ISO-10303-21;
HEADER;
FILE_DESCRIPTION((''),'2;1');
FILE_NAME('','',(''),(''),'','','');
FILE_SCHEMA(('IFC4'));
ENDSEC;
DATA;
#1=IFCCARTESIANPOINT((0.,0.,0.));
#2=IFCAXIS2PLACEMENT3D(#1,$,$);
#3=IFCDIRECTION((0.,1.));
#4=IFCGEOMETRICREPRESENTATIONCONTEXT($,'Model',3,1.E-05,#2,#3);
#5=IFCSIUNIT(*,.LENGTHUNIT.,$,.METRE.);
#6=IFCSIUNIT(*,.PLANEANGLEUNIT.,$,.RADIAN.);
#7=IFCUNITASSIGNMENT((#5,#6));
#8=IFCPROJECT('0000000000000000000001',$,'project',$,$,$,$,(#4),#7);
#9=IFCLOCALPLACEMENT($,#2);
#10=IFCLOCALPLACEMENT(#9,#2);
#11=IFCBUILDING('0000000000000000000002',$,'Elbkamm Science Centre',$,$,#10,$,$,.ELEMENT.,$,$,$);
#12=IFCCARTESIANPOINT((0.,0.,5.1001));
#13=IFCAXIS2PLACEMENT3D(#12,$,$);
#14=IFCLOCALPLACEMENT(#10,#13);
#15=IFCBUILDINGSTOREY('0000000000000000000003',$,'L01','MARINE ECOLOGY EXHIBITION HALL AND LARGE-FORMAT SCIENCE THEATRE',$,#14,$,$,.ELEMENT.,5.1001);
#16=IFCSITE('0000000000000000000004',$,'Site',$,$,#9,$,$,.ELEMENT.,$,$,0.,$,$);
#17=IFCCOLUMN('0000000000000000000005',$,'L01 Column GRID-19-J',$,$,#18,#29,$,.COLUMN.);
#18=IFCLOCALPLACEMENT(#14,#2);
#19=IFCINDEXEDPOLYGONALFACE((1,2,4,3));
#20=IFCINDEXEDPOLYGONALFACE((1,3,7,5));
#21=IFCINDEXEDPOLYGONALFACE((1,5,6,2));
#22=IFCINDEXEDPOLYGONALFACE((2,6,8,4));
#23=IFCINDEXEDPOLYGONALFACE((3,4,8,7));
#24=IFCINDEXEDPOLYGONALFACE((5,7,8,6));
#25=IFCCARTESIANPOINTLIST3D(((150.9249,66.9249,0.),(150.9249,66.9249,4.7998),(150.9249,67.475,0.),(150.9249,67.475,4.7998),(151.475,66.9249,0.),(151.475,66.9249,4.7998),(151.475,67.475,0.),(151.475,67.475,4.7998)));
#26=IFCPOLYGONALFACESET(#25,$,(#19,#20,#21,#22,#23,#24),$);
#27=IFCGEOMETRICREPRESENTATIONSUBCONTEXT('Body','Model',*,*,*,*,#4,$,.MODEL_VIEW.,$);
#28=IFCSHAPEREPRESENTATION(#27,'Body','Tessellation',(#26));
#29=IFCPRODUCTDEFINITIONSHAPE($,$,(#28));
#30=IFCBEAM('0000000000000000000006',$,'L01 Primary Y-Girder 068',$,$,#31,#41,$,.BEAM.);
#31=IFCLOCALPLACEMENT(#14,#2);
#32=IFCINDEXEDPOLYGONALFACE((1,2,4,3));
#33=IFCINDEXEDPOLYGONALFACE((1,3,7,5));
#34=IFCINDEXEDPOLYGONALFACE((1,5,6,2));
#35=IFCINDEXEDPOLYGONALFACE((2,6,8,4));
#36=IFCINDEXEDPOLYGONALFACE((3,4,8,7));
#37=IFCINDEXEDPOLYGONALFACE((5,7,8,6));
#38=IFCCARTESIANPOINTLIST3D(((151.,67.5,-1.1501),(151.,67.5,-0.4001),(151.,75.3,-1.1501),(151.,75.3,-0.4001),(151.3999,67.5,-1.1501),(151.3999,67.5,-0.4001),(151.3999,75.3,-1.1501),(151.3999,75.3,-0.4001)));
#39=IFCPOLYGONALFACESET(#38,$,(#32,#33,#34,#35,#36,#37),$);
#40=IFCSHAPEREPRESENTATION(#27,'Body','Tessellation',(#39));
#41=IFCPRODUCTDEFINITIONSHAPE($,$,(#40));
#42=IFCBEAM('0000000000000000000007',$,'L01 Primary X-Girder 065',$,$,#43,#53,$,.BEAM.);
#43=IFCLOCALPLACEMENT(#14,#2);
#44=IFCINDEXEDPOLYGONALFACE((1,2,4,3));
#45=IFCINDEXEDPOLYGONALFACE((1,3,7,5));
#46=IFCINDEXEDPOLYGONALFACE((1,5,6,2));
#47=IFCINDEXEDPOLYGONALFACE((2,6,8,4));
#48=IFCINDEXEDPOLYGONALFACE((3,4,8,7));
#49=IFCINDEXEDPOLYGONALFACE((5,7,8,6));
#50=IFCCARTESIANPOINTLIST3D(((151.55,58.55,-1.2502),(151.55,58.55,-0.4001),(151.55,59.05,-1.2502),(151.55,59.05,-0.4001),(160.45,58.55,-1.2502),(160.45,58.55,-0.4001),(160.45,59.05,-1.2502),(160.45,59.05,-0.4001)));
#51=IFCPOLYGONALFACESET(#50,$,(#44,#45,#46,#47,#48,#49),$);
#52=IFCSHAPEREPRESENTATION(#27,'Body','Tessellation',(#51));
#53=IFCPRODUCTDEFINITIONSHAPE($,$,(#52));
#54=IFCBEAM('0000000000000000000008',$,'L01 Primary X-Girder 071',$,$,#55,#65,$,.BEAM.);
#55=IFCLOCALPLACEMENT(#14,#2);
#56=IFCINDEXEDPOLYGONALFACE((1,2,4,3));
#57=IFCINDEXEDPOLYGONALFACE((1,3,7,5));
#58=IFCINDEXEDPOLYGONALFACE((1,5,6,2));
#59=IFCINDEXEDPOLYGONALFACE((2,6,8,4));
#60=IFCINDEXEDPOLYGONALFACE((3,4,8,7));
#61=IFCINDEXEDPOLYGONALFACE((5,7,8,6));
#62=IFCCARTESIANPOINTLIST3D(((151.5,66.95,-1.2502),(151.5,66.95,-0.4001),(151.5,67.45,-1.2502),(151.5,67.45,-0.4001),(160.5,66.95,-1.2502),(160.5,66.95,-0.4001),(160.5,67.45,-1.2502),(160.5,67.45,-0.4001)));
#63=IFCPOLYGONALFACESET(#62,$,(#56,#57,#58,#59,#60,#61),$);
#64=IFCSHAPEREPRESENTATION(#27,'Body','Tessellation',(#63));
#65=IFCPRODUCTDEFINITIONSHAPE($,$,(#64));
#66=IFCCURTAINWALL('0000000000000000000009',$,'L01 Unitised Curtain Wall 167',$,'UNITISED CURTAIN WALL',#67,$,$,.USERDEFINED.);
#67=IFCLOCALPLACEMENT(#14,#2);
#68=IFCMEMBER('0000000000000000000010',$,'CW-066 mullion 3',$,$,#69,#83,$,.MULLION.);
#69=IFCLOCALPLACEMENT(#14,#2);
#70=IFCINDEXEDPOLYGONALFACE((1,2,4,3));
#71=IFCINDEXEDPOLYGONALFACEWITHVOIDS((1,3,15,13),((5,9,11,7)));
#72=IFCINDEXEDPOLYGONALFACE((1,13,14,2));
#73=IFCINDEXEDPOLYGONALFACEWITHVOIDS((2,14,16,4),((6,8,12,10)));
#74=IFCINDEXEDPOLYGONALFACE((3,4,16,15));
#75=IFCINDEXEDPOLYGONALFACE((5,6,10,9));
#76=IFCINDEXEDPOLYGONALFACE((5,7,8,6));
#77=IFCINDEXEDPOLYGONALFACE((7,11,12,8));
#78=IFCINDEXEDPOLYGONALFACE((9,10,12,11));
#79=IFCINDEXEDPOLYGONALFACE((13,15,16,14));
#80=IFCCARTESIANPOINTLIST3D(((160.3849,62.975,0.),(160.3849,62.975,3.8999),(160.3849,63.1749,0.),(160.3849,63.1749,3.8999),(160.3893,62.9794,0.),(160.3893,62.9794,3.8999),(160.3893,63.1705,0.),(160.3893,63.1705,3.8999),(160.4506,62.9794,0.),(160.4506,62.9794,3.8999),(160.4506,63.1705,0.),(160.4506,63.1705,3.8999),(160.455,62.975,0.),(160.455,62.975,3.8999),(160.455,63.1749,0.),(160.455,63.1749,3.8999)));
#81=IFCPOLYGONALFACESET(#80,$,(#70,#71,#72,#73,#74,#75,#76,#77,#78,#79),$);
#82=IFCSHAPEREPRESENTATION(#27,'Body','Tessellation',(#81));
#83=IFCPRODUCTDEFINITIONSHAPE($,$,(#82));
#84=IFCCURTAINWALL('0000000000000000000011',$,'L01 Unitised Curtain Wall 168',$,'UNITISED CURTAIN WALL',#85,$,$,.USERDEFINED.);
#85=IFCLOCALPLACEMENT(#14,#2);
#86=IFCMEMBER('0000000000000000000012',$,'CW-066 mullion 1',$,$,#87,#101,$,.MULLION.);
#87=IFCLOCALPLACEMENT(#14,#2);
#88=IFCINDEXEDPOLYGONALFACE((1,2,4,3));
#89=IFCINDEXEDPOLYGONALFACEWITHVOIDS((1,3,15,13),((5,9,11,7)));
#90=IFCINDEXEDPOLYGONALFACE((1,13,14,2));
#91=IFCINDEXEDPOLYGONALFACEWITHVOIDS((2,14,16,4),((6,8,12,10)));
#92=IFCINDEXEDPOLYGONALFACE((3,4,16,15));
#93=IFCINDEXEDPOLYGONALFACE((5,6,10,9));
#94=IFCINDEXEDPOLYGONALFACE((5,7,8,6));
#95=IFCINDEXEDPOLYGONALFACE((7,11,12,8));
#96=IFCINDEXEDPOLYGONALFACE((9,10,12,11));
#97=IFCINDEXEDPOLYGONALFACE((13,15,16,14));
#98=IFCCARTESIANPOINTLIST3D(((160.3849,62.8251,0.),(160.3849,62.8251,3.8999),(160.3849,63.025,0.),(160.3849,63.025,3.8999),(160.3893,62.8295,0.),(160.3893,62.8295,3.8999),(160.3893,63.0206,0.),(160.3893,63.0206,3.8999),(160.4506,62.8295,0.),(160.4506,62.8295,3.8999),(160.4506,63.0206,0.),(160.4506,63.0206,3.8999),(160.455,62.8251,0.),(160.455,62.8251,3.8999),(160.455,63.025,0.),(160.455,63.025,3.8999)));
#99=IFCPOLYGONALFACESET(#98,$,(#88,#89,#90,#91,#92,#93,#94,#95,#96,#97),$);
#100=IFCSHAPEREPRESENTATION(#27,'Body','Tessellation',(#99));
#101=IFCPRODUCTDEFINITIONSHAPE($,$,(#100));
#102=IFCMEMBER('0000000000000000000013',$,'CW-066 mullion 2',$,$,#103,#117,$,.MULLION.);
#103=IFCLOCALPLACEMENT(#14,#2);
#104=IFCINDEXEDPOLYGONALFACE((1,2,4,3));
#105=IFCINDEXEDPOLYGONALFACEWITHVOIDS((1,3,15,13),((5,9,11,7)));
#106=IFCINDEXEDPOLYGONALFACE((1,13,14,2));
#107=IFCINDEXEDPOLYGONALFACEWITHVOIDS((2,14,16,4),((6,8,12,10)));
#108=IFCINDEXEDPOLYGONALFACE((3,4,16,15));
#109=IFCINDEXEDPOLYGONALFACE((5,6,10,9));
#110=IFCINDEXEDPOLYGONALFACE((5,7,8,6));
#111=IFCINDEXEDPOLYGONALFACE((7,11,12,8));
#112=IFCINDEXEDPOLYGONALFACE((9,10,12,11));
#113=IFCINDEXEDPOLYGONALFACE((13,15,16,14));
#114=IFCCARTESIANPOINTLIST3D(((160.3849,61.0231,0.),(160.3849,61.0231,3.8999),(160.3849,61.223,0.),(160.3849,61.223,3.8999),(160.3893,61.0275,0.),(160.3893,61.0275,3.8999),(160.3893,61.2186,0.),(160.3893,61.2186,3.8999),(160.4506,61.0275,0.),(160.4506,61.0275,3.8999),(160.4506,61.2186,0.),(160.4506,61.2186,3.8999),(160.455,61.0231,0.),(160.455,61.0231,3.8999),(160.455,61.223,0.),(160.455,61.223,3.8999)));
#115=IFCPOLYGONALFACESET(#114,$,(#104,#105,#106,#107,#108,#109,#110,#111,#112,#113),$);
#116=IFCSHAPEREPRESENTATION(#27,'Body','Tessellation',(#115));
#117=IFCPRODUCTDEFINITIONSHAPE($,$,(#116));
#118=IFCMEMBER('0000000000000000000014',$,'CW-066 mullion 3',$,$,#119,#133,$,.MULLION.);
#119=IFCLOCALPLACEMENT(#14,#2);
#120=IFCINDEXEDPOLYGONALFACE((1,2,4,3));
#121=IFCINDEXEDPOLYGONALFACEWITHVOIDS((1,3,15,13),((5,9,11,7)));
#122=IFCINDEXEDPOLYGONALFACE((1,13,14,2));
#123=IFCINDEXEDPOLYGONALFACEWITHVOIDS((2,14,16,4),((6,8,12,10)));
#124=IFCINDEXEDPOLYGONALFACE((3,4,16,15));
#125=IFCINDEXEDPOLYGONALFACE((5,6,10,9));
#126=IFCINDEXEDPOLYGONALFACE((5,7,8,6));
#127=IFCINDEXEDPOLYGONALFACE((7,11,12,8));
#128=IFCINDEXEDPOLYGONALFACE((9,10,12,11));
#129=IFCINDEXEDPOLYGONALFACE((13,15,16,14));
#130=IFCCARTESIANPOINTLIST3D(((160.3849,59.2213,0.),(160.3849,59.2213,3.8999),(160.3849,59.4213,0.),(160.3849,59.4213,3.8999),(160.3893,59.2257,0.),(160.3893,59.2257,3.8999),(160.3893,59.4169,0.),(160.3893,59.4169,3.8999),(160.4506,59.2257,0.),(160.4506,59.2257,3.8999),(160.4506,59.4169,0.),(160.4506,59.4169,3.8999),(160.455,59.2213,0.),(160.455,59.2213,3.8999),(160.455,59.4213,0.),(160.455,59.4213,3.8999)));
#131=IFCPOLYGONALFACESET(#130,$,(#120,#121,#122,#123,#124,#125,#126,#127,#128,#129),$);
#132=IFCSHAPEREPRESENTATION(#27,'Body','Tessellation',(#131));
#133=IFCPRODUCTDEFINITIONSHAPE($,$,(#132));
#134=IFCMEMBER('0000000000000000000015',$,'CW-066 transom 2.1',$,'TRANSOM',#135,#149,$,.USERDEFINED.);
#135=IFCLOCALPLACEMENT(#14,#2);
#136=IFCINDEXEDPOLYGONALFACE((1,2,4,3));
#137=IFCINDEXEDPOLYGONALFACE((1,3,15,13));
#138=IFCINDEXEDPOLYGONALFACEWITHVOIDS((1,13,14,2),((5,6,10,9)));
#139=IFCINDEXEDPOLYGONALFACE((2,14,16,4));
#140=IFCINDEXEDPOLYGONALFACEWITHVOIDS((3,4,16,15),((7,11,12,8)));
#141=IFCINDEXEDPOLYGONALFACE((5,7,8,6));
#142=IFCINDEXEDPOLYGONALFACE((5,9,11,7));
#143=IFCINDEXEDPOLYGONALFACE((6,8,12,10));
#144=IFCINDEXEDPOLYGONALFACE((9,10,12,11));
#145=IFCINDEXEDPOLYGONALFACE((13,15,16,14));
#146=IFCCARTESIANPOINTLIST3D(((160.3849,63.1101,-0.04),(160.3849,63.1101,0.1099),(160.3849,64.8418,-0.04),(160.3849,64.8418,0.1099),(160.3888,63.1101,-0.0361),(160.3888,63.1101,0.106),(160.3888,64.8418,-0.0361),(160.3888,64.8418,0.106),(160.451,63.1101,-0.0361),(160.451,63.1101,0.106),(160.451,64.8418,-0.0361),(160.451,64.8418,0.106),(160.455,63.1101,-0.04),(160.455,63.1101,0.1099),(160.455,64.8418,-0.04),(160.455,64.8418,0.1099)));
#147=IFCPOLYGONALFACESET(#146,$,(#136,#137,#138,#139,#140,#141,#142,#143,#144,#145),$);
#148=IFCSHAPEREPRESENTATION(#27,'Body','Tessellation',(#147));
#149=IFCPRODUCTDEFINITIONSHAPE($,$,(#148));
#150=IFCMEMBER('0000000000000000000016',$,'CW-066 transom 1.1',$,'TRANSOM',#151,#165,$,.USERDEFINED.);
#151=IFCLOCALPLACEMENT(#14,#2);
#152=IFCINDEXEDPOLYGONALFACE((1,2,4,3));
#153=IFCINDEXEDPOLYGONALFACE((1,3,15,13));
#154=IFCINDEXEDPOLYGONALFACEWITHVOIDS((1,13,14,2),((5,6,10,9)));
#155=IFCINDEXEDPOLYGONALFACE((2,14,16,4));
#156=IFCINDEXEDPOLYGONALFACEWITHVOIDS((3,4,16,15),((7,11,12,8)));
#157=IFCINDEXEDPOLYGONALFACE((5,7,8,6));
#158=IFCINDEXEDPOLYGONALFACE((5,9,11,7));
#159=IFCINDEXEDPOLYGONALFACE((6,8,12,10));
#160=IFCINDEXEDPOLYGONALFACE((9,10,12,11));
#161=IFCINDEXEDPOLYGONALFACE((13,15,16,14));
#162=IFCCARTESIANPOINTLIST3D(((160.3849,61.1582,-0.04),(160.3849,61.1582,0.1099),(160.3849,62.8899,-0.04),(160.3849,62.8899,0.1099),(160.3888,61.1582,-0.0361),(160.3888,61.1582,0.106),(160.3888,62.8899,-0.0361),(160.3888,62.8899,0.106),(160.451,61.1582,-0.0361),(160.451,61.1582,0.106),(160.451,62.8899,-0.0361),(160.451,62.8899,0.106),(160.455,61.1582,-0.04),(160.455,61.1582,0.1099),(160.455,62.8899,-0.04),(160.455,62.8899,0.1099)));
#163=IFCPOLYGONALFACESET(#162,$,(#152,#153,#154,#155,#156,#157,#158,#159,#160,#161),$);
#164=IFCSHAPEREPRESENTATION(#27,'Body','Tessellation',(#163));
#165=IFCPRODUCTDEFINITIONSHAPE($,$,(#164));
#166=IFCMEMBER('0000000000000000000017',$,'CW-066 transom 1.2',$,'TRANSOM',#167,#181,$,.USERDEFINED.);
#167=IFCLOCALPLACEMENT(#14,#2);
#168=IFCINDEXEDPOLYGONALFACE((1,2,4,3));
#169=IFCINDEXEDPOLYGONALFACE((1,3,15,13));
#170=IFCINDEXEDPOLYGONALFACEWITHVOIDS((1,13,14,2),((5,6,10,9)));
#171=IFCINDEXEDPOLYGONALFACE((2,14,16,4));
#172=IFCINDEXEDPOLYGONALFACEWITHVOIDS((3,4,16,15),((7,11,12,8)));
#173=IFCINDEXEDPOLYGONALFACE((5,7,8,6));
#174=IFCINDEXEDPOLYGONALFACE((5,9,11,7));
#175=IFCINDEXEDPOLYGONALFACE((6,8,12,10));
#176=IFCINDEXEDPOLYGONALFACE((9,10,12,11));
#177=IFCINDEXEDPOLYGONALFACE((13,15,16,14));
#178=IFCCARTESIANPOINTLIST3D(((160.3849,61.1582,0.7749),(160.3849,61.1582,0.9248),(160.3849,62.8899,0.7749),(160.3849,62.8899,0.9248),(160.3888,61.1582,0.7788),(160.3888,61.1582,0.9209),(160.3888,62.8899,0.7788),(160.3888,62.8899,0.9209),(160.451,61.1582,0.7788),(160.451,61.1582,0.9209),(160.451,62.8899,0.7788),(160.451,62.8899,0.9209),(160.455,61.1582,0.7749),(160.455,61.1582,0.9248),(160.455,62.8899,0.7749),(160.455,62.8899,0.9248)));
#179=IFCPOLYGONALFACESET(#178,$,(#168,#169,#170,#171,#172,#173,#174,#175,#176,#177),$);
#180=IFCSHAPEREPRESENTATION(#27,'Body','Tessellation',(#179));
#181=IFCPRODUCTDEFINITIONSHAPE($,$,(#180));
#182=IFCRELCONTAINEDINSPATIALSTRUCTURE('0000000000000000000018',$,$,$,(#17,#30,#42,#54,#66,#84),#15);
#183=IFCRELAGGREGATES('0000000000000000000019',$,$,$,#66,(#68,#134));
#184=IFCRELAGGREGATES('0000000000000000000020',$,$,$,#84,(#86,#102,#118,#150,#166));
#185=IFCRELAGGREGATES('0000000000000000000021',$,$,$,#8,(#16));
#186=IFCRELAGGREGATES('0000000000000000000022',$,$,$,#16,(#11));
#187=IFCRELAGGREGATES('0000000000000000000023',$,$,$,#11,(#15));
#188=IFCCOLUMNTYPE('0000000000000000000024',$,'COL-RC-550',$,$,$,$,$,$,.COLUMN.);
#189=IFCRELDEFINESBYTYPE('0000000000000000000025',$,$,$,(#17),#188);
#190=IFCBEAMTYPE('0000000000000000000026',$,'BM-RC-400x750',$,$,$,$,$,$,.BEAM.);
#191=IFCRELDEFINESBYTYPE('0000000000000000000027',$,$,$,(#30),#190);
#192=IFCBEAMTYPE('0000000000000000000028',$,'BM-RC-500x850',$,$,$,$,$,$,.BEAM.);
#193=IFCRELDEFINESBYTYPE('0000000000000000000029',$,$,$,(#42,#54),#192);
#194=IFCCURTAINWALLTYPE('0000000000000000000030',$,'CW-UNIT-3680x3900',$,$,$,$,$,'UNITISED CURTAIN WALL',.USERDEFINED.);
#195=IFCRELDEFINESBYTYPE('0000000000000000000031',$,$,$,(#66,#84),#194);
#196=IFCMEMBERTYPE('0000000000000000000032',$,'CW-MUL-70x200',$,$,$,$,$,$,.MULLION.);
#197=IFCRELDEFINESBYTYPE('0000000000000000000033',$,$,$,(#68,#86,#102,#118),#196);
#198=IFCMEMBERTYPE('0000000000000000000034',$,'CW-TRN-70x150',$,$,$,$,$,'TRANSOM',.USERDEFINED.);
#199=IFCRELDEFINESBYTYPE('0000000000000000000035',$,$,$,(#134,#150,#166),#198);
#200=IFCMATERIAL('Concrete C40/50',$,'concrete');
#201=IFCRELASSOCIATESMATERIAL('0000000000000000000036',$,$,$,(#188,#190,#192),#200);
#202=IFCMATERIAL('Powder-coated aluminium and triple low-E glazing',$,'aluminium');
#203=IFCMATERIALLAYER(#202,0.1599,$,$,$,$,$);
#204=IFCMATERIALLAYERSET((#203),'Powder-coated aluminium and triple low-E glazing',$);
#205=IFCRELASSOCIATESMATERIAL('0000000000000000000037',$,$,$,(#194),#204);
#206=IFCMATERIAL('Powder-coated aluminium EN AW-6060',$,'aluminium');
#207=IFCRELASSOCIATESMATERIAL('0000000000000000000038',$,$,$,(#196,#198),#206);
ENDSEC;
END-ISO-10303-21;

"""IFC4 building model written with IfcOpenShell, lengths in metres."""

from ifc_helpers import new_model, si_unit, direction, frame, origin, origin_2d, place, context, subcontext, project, spatial, rectangle, hollow_rectangle, extrude, material, layer, layer_set, material_profile, profile_set, type_object, element, aggregate, save


model = new_model("IFC4")

# Units and contexts
model_context = context("Model", 3, precision=1e-05, world=origin(), true_north=direction((0.0, 1.0)))
body_context = subcontext(model_context, "Body", "Model", "MODEL_VIEW")
ifc_project = project(units=[si_unit("LENGTHUNIT", "METRE"), si_unit("PLANEANGLEUNIT", "RADIAN")], contexts=[model_context])

# Site, building, storey
site_placement = place(None, origin())
site = spatial("IfcSite", under=ifc_project, at=site_placement, Name="Site", CompositionType="ELEMENT", RefElevation=0.0)
building_placement = place(site_placement, origin())
building = spatial("IfcBuilding", under=site, at=building_placement, Name="Elbkamm Science Centre", CompositionType="ELEMENT")
storey_placement = place(building_placement, frame((0.0, 0.0, 5.1001)))
storey = spatial("IfcBuildingStorey", under=building, at=storey_placement, Name="L01", Description="MARINE ECOLOGY EXHIBITION HALL AND LARGE-FORMAT SCIENCE THEATRE", CompositionType="ELEMENT", Elevation=5.1001)

# Column
ifc_material_1 = material(Name="Concrete C40/50", Category="concrete")
ifc_material_profile_1 = material_profile(ifc_material_1, rectangle(XDim=0.55, YDim=0.55, at=origin_2d()), Name="RC 550x550")
ifc_profile_set_1 = profile_set([ifc_material_profile_1], Name="Concrete C40/50")
column_type = type_object("IfcColumnType", Name="COL-RC-550", PredefinedType="COLUMN", material=ifc_profile_set_1)
column_placement = place(storey_placement, frame((151.2, 67.2, 0.0), z_axis=(0.0, 0.0, 1.0), x_axis=(1.0, 0.0, 0.0)))
element("IfcColumn", 1, at=column_placement, inside=storey, type_object=column_type, Name="L01 Column GRID-19-J", PredefinedType="COLUMN", context=body_context, shape_type="SweptSolid", body=[
    extrude(rectangle(XDim=0.55, YDim=0.55, at=origin_2d()), origin(), (0.0, 0.0, 1.0), 4.7998),
])

# Beams
ifc_material_profile_2 = material_profile(ifc_material_1, rectangle(XDim=0.3999, YDim=0.75, at=origin_2d()), Name="RC 400x750")
ifc_profile_set_2 = profile_set([ifc_material_profile_2], Name="Concrete C40/50")
beam_type_1 = type_object("IfcBeamType", Name="BM-RC-400x750", PredefinedType="BEAM", material=ifc_profile_set_2)
beam_1_placement = place(storey_placement, frame((151.2, 67.5, -0.7751), z_axis=(0.0, 1.0, 0.0), x_axis=(-1.0, 0.0, 0.0)))
element("IfcBeam", 2, at=beam_1_placement, inside=storey, type_object=beam_type_1, Name="L01 Primary Y-Girder 068", PredefinedType="BEAM", context=body_context, shape_type="SweptSolid", body=[
    extrude(rectangle(XDim=0.3999, YDim=0.75, at=origin_2d()), origin(), (0.0, 0.0, 1.0), 7.8),
])
ifc_material_profile_3 = material_profile(ifc_material_1, rectangle(XDim=0.5, YDim=0.8501, at=origin_2d()), Name="RC 500x850")
ifc_profile_set_3 = profile_set([ifc_material_profile_3], Name="Concrete C40/50")
beam_type_2 = type_object("IfcBeamType", Name="BM-RC-500x850", PredefinedType="BEAM", material=ifc_profile_set_3)
beam_2_placement = place(storey_placement, frame((151.55, 58.8, -0.8252), z_axis=(1.0, 0.0, 0.0), x_axis=(0.0, 1.0, 0.0)))
element("IfcBeam", 3, at=beam_2_placement, inside=storey, type_object=beam_type_2, Name="L01 Primary X-Girder 065", PredefinedType="BEAM", context=body_context, shape_type="SweptSolid", body=[
    extrude(rectangle(XDim=0.5, YDim=0.8501, at=origin_2d()), origin(), (0.0, 0.0, 1.0), 8.8999),
])
beam_3_placement = place(storey_placement, frame((151.5, 67.2, -0.8252), z_axis=(1.0, 0.0, 0.0), x_axis=(0.0, 1.0, 0.0)))
element("IfcBeam", 4, at=beam_3_placement, inside=storey, type_object=beam_type_2, Name="L01 Primary X-Girder 071", PredefinedType="BEAM", context=body_context, shape_type="SweptSolid", body=[
    extrude(rectangle(XDim=0.5, YDim=0.8501, at=origin_2d()), origin(), (0.0, 0.0, 1.0), 9.0),
])

# Curtain wall, member
ifc_material_2 = material(Name="Powder-coated aluminium and triple low-E glazing", Category="aluminium")
ifc_layer_1 = layer(ifc_material_2, 0.1599)
ifc_layer_set_1 = layer_set([ifc_layer_1], Name="Powder-coated aluminium and triple low-E glazing")
curtain_wall_type = type_object("IfcCurtainWallType", Name="CW-UNIT-3680x3900", ElementType="UNITISED CURTAIN WALL", PredefinedType="USERDEFINED", material=ifc_layer_set_1)
curtain_wall_1_placement = place(storey_placement, origin())
curtain_wall_1 = element("IfcCurtainWall", 5, at=curtain_wall_1_placement, inside=storey, type_object=curtain_wall_type, Name="L01 Unitised Curtain Wall 167", ObjectType="UNITISED CURTAIN WALL", PredefinedType="USERDEFINED")
ifc_material_3 = material(Name="Powder-coated aluminium EN AW-6060", Category="aluminium")
ifc_material_profile_4 = material_profile(ifc_material_3, hollow_rectangle(XDim=0.0701, YDim=0.2, WallThickness=0.0044, at=origin_2d()), Name="ALU M70x200")
ifc_profile_set_4 = profile_set([ifc_material_profile_4], Name="Powder-coated aluminium EN AW-6060")
member_type_1 = type_object("IfcMemberType", Name="CW-MUL-70x200", PredefinedType="MULLION", material=ifc_profile_set_4)
member_1_placement = place(storey_placement, frame((160.4199, 63.075, 0.0), z_axis=(0.0, 0.0, 1.0), x_axis=(1.0, 0.0, 0.0)))
member_1 = element("IfcMember", 6, at=member_1_placement, type_object=member_type_1, Name="CW-066 mullion 3", PredefinedType="MULLION", context=body_context, shape_type="SweptSolid", body=[
    extrude(hollow_rectangle(XDim=0.0701, YDim=0.2, WallThickness=0.0044, at=origin_2d()), origin(), (0.0, 0.0, 1.0), 3.8999),
])

# Curtain wall, members
curtain_wall_2_placement = place(storey_placement, origin())
curtain_wall_2 = element("IfcCurtainWall", 7, at=curtain_wall_2_placement, inside=storey, type_object=curtain_wall_type, Name="L01 Unitised Curtain Wall 168", ObjectType="UNITISED CURTAIN WALL", PredefinedType="USERDEFINED")
member_2_placement = place(storey_placement, frame((160.4199, 62.925, 0.0), z_axis=(0.0, 0.0, 1.0), x_axis=(1.0, 0.0, 0.0)))
member_2 = element("IfcMember", 8, at=member_2_placement, type_object=member_type_1, Name="CW-066 mullion 1", PredefinedType="MULLION", context=body_context, shape_type="SweptSolid", body=[
    extrude(hollow_rectangle(XDim=0.0701, YDim=0.2, WallThickness=0.0044, at=origin_2d()), origin(), (0.0, 0.0, 1.0), 3.8999),
])
member_3_placement = place(storey_placement, frame((160.4199, 61.123, 0.0), z_axis=(0.0, 0.0, 1.0), x_axis=(1.0, 0.0, 0.0)))
member_3 = element("IfcMember", 9, at=member_3_placement, type_object=member_type_1, Name="CW-066 mullion 2", PredefinedType="MULLION", context=body_context, shape_type="SweptSolid", body=[
    extrude(hollow_rectangle(XDim=0.0701, YDim=0.2, WallThickness=0.0044, at=origin_2d()), origin(), (0.0, 0.0, 1.0), 3.8999),
])
member_4_placement = place(storey_placement, frame((160.4199, 59.3213, 0.0), z_axis=(0.0, 0.0, 1.0), x_axis=(1.0, 0.0, 0.0)))
member_4 = element("IfcMember", 10, at=member_4_placement, type_object=member_type_1, Name="CW-066 mullion 3", PredefinedType="MULLION", context=body_context, shape_type="SweptSolid", body=[
    extrude(hollow_rectangle(XDim=0.0701, YDim=0.2, WallThickness=0.0044, at=origin_2d()), origin(), (0.0, 0.0, 1.0), 3.8999),
])

# Members
ifc_material_profile_5 = material_profile(ifc_material_3, hollow_rectangle(XDim=0.0701, YDim=0.1499, WallThickness=0.0039, at=origin_2d()), Name="ALU T70x150")
ifc_profile_set_5 = profile_set([ifc_material_profile_5], Name="Powder-coated aluminium EN AW-6060")
member_type_2 = type_object("IfcMemberType", Name="CW-TRN-70x150", ElementType="TRANSOM", PredefinedType="USERDEFINED", material=ifc_profile_set_5)
member_5_placement = place(storey_placement, frame((160.4199, 64.8418, 0.0349), z_axis=(0.0, -1.0, 0.0), x_axis=(1.0, 0.0, 0.0)))
member_5 = element("IfcMember", 11, at=member_5_placement, type_object=member_type_2, Name="CW-066 transom 2.1", ObjectType="TRANSOM", PredefinedType="USERDEFINED", context=body_context, shape_type="SweptSolid", body=[
    extrude(hollow_rectangle(XDim=0.0701, YDim=0.1499, WallThickness=0.0039, at=origin_2d()), origin(), (0.0, 0.0, 1.0), 1.7317),
])
member_6_placement = place(storey_placement, frame((160.4199, 62.8899, 0.0349), z_axis=(0.0, -1.0, 0.0), x_axis=(1.0, 0.0, 0.0)))
member_6 = element("IfcMember", 12, at=member_6_placement, type_object=member_type_2, Name="CW-066 transom 1.1", ObjectType="TRANSOM", PredefinedType="USERDEFINED", context=body_context, shape_type="SweptSolid", body=[
    extrude(hollow_rectangle(XDim=0.0701, YDim=0.1499, WallThickness=0.0039, at=origin_2d()), origin(), (0.0, 0.0, 1.0), 1.7317),
])
member_7_placement = place(storey_placement, frame((160.4199, 62.8899, 0.8499), z_axis=(0.0, -1.0, 0.0), x_axis=(1.0, 0.0, 0.0)))
member_7 = element("IfcMember", 13, at=member_7_placement, type_object=member_type_2, Name="CW-066 transom 1.2", ObjectType="TRANSOM", PredefinedType="USERDEFINED", context=body_context, shape_type="SweptSolid", body=[
    extrude(hollow_rectangle(XDim=0.0701, YDim=0.1499, WallThickness=0.0039, at=origin_2d()), origin(), (0.0, 0.0, 1.0), 1.7317),
])

aggregate(curtain_wall_1, [member_1, member_5])
aggregate(curtain_wall_2, [member_2, member_3, member_4, member_6, member_7])

save(model, "model.ifc")
